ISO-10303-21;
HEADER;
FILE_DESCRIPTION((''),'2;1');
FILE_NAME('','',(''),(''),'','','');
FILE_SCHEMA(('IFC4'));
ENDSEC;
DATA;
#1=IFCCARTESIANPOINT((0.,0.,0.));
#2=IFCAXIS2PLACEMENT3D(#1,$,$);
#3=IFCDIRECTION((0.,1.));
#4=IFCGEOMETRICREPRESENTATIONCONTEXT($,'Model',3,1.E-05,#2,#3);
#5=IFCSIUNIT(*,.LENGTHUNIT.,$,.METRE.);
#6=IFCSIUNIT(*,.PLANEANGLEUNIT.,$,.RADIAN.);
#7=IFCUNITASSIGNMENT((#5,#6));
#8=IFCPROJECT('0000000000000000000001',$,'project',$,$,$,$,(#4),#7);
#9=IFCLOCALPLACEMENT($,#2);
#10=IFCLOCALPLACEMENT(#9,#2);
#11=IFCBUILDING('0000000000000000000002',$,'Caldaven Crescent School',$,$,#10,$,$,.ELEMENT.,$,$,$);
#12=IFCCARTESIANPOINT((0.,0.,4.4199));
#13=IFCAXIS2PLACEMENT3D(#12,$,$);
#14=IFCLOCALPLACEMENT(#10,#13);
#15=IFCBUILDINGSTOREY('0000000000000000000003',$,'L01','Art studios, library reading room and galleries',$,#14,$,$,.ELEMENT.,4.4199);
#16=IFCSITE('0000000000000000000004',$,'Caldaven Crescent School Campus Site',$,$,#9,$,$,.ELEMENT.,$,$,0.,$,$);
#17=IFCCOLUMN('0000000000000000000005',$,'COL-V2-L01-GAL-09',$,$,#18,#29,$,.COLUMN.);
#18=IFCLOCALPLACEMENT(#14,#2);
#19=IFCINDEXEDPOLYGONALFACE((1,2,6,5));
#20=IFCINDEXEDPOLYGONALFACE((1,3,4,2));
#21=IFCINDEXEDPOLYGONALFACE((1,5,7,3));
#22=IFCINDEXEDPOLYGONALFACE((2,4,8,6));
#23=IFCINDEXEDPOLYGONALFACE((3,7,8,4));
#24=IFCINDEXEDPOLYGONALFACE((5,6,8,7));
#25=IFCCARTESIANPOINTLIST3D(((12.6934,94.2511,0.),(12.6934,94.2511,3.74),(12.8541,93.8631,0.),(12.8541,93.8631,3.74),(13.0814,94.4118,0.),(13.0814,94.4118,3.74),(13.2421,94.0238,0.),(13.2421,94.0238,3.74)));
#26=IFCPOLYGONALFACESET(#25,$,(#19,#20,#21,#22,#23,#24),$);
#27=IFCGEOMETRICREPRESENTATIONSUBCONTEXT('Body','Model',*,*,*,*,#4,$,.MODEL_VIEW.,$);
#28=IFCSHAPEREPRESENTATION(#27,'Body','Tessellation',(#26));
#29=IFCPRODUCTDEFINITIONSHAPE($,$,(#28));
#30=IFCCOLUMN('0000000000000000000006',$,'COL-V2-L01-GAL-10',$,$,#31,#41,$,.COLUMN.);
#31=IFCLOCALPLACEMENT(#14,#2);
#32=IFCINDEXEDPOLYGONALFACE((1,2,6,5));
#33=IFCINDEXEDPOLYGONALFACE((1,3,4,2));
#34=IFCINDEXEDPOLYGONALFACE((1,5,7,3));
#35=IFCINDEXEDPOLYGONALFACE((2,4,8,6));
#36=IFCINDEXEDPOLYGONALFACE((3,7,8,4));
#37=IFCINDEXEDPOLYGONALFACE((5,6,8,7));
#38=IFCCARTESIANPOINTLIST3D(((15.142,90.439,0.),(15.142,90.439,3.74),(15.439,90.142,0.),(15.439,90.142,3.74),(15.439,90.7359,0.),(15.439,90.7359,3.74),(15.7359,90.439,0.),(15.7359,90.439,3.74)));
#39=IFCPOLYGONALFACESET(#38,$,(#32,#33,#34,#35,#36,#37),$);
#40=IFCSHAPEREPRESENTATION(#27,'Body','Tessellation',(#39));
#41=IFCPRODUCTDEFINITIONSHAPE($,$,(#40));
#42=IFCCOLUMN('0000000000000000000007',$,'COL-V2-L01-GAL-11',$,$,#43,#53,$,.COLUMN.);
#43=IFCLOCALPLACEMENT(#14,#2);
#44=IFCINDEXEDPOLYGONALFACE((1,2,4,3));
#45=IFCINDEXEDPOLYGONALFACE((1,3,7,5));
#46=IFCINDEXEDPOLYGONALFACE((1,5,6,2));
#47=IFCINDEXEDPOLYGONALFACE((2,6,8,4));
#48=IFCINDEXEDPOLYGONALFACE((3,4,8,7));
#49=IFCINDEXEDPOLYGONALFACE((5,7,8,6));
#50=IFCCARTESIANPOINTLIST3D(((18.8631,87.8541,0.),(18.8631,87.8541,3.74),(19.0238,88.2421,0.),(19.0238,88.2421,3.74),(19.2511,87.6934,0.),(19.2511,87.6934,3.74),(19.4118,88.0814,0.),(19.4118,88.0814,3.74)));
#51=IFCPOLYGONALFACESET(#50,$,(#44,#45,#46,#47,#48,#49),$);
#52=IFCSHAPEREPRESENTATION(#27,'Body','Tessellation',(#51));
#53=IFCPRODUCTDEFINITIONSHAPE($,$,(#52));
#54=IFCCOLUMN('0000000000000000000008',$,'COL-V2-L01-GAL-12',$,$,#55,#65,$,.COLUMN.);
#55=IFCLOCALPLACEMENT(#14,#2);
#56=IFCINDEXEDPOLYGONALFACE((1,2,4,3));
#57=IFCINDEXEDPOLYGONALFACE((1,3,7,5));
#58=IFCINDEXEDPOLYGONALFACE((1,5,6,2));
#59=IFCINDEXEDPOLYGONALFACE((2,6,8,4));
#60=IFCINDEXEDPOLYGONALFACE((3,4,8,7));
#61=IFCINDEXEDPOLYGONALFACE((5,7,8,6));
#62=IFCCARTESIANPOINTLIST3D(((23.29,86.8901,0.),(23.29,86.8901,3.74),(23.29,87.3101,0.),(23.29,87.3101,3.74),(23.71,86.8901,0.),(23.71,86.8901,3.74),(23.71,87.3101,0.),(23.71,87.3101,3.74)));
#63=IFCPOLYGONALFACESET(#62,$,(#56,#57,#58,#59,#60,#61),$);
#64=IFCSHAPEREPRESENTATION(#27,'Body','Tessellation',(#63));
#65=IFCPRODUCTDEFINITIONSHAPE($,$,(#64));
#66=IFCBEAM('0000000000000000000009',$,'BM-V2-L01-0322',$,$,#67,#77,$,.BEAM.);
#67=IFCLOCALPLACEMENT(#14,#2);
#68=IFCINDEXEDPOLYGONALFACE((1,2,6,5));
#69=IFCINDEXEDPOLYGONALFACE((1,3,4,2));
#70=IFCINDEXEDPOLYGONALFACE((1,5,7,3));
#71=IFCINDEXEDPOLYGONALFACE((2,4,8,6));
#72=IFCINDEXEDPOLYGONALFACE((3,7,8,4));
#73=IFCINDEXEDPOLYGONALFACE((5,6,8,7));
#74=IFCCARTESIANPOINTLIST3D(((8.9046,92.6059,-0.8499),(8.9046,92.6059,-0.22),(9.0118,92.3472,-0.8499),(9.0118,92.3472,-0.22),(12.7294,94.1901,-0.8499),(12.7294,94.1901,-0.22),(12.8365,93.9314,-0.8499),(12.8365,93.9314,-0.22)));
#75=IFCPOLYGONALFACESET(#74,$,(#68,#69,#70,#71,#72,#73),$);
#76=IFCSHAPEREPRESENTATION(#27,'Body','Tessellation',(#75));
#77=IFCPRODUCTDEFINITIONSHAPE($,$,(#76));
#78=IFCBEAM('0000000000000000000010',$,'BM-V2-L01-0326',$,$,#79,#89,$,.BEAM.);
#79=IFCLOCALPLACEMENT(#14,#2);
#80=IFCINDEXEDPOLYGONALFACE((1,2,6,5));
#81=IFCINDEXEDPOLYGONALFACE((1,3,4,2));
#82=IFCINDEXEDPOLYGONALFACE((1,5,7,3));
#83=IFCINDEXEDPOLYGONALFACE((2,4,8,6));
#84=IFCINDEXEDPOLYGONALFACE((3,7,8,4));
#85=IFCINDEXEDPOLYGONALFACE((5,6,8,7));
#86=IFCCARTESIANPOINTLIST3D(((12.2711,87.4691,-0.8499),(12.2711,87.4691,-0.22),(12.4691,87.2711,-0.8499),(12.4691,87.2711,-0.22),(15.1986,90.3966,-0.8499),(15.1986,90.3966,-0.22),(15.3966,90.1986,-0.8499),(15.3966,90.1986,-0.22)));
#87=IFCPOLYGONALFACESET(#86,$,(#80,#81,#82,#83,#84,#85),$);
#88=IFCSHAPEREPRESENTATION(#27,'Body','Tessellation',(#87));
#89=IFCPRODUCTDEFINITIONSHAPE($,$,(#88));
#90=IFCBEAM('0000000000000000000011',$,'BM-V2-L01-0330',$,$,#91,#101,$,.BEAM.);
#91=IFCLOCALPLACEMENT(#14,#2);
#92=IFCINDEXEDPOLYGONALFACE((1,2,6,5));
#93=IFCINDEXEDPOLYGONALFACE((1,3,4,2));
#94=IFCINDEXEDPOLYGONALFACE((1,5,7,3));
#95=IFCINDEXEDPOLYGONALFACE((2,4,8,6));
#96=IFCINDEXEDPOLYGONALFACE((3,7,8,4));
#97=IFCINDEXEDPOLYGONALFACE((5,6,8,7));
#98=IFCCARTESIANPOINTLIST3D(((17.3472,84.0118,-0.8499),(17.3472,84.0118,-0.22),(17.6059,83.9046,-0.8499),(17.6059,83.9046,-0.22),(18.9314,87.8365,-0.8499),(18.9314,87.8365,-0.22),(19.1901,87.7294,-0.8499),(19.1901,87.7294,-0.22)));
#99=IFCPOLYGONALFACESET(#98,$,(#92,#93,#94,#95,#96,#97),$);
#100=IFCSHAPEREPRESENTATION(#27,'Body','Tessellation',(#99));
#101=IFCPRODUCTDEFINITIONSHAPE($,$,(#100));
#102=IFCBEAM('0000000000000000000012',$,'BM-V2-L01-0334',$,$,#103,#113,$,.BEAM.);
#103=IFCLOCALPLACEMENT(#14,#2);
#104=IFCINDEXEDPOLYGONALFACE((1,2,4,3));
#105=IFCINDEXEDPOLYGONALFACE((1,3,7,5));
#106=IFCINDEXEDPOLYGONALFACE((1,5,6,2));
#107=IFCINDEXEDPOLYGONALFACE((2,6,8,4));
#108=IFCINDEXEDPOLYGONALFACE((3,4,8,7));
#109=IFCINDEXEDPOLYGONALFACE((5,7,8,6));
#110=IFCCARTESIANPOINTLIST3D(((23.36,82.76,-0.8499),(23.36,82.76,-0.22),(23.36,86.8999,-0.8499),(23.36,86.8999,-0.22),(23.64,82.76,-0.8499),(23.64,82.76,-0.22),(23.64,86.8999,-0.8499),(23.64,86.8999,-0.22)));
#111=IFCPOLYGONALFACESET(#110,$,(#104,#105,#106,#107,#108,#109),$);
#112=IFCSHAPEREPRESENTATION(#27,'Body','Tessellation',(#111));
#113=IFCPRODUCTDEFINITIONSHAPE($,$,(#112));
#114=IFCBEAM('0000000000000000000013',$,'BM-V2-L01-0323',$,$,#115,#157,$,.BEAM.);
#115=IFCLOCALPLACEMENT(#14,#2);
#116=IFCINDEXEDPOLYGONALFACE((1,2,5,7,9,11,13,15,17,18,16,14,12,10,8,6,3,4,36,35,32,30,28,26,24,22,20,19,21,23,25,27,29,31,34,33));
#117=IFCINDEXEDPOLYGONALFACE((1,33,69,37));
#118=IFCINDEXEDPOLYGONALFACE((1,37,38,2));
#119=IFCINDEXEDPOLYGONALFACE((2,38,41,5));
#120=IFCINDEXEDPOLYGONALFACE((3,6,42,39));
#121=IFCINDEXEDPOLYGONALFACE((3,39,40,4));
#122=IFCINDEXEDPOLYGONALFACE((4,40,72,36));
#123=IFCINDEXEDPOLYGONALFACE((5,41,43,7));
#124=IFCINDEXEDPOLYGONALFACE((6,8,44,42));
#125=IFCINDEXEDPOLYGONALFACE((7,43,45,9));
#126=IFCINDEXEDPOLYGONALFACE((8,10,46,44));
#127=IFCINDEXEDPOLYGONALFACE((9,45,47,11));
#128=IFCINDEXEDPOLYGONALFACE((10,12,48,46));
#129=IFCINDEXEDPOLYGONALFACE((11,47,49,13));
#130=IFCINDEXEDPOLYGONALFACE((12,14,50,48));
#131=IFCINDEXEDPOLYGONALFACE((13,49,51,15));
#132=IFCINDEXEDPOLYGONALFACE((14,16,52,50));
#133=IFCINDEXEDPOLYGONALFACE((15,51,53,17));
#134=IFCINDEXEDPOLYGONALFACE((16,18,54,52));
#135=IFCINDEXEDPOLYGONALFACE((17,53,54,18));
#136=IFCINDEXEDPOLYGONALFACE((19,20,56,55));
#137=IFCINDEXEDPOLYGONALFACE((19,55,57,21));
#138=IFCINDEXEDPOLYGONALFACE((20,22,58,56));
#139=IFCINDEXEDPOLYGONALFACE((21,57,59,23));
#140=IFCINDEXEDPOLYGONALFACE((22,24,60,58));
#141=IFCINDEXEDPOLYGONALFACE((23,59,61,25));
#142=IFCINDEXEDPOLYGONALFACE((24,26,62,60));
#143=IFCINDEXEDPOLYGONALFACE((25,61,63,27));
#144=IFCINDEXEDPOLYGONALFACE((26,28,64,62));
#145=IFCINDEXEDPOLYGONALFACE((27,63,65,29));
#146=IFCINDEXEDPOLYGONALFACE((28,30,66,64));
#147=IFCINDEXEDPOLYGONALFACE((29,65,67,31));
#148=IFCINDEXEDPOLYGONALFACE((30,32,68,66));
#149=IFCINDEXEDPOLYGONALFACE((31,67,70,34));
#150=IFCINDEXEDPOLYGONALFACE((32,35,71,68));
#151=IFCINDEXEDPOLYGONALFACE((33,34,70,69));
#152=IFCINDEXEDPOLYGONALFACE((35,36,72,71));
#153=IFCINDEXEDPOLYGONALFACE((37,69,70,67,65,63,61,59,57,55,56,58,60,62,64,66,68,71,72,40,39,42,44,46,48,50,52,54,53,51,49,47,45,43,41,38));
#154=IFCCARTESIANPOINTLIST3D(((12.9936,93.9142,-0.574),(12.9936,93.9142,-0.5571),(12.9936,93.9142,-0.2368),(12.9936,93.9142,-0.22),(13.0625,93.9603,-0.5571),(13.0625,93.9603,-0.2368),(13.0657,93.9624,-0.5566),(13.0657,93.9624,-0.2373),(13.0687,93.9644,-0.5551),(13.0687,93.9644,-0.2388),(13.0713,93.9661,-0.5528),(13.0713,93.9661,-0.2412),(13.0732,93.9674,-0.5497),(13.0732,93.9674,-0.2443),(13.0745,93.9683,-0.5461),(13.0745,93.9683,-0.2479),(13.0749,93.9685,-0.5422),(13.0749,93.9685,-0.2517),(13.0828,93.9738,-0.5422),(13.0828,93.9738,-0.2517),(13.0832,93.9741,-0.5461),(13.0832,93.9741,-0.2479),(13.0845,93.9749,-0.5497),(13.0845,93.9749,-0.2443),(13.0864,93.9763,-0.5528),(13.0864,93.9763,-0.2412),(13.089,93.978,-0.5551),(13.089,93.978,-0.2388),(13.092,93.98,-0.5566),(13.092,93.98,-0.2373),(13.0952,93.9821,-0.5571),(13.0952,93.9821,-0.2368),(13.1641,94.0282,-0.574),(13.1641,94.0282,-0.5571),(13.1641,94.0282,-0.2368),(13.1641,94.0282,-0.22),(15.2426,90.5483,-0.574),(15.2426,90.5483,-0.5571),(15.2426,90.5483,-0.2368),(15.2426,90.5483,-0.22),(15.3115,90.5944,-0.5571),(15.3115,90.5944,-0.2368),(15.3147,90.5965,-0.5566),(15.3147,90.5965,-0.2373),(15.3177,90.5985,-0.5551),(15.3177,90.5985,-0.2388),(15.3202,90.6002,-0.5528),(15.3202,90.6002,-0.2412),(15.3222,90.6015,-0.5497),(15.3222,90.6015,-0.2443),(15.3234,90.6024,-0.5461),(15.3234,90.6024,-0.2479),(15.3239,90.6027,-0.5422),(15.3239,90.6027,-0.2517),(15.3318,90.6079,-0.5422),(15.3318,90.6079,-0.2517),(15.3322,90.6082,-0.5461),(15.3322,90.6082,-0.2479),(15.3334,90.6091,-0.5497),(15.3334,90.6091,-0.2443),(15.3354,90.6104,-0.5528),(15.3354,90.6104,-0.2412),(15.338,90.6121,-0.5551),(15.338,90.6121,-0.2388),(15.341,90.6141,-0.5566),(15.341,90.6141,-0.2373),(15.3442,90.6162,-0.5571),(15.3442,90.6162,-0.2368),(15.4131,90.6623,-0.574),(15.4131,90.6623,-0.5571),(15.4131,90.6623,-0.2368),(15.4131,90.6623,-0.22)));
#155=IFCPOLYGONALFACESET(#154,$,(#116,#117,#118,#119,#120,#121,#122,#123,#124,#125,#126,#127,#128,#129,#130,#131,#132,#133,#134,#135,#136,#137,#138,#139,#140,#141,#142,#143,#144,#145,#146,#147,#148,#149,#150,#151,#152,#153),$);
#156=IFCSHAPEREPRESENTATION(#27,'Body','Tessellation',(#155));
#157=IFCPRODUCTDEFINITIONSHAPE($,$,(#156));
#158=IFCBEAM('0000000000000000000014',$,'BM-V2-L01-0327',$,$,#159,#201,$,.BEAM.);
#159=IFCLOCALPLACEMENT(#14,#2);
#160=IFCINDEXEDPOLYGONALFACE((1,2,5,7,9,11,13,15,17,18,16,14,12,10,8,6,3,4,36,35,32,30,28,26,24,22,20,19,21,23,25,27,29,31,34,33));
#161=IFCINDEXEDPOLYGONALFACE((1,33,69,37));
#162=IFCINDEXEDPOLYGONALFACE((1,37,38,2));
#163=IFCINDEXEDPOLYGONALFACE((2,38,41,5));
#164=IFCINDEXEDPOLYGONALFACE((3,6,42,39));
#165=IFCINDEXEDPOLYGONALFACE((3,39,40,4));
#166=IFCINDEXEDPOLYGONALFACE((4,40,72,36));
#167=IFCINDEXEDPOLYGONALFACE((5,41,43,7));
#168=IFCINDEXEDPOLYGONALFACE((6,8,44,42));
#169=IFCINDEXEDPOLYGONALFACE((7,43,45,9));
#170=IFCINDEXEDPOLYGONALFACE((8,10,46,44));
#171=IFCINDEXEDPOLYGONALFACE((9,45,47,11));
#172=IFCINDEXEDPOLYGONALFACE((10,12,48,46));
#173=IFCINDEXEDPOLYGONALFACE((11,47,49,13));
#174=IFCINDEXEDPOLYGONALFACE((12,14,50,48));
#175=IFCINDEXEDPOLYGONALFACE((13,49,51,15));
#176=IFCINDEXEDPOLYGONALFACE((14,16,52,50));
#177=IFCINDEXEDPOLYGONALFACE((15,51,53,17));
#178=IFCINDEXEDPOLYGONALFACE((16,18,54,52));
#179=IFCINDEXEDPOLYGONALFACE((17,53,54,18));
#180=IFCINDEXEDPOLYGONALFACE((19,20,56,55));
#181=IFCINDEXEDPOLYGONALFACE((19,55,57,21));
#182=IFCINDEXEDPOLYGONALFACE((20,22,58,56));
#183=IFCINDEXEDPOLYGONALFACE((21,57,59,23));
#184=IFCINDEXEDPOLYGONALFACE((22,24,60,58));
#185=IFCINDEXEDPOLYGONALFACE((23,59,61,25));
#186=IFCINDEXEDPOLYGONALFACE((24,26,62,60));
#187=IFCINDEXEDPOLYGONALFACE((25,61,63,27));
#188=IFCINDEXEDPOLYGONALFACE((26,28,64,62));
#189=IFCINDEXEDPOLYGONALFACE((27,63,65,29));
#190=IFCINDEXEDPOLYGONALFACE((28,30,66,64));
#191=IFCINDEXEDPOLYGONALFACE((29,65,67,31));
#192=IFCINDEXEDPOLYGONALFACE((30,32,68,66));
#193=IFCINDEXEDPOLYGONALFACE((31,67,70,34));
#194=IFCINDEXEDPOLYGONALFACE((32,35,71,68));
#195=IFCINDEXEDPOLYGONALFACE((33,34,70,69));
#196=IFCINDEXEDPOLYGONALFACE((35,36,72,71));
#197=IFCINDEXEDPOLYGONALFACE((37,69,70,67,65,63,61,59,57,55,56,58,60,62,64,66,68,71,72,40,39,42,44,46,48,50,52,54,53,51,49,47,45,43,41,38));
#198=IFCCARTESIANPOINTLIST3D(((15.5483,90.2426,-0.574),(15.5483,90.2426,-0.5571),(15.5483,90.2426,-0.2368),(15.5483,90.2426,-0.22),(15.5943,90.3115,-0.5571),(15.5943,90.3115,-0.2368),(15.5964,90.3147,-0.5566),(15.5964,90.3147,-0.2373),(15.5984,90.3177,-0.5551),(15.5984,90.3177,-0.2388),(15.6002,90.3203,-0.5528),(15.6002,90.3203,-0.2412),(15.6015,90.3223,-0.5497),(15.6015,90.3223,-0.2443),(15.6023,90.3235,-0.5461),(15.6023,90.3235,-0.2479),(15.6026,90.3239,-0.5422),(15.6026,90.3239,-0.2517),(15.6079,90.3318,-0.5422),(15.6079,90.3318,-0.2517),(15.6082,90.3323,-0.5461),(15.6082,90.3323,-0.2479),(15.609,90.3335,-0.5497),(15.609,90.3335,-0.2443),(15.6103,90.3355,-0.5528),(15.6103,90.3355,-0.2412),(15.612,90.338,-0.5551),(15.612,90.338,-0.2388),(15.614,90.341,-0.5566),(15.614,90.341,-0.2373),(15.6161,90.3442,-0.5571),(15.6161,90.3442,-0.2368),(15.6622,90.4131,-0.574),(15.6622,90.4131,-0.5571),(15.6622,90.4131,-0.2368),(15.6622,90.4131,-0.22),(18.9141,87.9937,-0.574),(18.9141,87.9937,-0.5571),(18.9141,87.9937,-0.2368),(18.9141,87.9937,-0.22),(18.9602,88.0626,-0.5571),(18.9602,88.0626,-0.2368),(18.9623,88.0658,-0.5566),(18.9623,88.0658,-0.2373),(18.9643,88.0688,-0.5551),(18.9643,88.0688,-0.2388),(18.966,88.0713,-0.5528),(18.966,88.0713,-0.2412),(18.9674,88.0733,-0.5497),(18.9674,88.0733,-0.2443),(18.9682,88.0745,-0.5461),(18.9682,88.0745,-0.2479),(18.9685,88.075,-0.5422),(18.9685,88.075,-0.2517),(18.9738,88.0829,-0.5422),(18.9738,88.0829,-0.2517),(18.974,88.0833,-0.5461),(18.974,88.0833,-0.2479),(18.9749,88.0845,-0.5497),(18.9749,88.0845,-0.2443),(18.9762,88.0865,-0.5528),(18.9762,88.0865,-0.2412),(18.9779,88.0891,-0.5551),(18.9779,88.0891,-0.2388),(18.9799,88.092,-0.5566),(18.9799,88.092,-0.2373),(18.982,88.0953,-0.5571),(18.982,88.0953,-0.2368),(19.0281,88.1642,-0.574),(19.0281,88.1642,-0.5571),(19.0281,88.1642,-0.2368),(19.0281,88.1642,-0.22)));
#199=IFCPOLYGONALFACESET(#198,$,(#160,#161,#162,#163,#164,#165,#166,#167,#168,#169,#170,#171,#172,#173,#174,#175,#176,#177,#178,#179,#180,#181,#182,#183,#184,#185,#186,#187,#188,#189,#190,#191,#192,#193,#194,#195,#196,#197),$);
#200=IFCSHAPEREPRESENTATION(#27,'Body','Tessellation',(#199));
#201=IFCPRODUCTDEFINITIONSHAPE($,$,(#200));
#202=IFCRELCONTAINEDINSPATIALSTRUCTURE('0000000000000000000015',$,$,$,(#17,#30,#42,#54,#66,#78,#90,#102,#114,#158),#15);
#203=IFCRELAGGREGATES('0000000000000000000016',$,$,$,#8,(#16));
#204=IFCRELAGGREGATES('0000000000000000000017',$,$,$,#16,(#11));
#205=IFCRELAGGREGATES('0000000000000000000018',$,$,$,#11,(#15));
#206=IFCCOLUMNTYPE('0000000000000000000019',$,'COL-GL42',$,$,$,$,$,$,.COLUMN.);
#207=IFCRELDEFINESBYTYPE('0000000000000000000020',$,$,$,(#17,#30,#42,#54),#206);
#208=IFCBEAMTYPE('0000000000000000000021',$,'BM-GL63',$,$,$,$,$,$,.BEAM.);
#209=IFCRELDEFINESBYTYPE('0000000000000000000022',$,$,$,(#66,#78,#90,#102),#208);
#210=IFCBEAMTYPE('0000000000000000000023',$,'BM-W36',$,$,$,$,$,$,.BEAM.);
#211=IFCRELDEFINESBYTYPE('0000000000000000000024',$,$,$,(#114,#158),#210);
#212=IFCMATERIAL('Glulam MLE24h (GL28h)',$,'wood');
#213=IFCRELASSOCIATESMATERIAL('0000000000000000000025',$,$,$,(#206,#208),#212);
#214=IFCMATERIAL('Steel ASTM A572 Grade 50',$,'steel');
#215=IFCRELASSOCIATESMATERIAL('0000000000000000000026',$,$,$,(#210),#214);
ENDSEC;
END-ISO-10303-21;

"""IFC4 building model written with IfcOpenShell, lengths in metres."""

from ifc_helpers import new_model, si_unit, direction, frame, origin, origin_2d, place, context, subcontext, project, spatial, rectangle, i_section, extrude, material, material_profile, profile_set, type_object, element, save


model = new_model("IFC4")

# Units and contexts
model_context = context("Model", 3, precision=1e-05, world=origin(), true_north=direction((0.0, 1.0)))
body_context = subcontext(model_context, "Body", "Model", "MODEL_VIEW")
ifc_project = project(units=[si_unit("LENGTHUNIT", "METRE"), si_unit("PLANEANGLEUNIT", "RADIAN")], contexts=[model_context])

# Site, building, storey
site_placement = place(None, origin())
site = spatial("IfcSite", under=ifc_project, at=site_placement, Name="Caldaven Crescent School Campus Site", CompositionType="ELEMENT", RefElevation=0.0)
building_placement = place(site_placement, origin())
building = spatial("IfcBuilding", under=site, at=building_placement, Name="Caldaven Crescent School", CompositionType="ELEMENT")
storey_placement = place(building_placement, frame((0.0, 0.0, 4.4199)))
storey = spatial("IfcBuildingStorey", under=building, at=storey_placement, Name="L01", Description="Art studios, library reading room and galleries", CompositionType="ELEMENT", Elevation=4.4199)

# Columns
ifc_material_1 = material(Name="Glulam MLE24h (GL28h)", Category="wood")
ifc_material_profile_1 = material_profile(ifc_material_1, rectangle(XDim=0.4199, YDim=0.4199, at=origin_2d()), Name="MLE 420x420")
ifc_profile_set_1 = profile_set([ifc_material_profile_1], Name="Glulam MLE24h (GL28h)")
column_type = type_object("IfcColumnType", Name="COL-GL42", PredefinedType="COLUMN", material=ifc_profile_set_1)
for number, where, z_axis, x_axis, name in (
    (1, (12.9678, 94.1375, 0.0), (0.0, 0.0, 1.0), (-0.92388, -0.382683, 0.0), "COL-V2-L01-GAL-09"),
    (2, (15.439, 90.439, 0.0), (0.0, 0.0, 1.0), (-0.707107, -0.707107, 0.0), "COL-V2-L01-GAL-10"),
    (3, (19.1375, 87.9678, 0.0), (0.0, 0.0, 1.0), (-0.382683, -0.92388, 0.0), "COL-V2-L01-GAL-11"),
    (4, (23.5, 87.1001, 0.0), (0.0, 0.0, 1.0), (0.0, -1.0, 0.0), "COL-V2-L01-GAL-12"),
):
    element("IfcColumn", number, at=place(storey_placement, frame(where, z_axis=z_axis, x_axis=x_axis)), inside=storey, type_object=column_type, Name=name, PredefinedType="COLUMN", context=body_context, shape_type="SweptSolid", body=[
        extrude(rectangle(XDim=0.4199, YDim=0.4199, at=origin_2d()), origin(), (0.0, 0.0, 1.0), 3.74),
    ])

# Beams
ifc_material_profile_2 = material_profile(ifc_material_1, rectangle(XDim=0.28, YDim=0.6299, at=origin_2d()), Name="MLE 280x630")
ifc_profile_set_2 = profile_set([ifc_material_profile_2], Name="Glulam MLE24h (GL28h)")
beam_type_1 = type_object("IfcBeamType", Name="BM-GL63", PredefinedType="BEAM", material=ifc_profile_set_2)
beam_1_placement = place(storey_placement, frame((12.783, 94.0608, -0.5349), z_axis=(-0.923881, -0.38268, 0.0), x_axis=(0.38268, -0.923881, 0.0)))
element("IfcBeam", 5, at=beam_1_placement, inside=storey, type_object=beam_type_1, Name="BM-V2-L01-0322", PredefinedType="BEAM", context=body_context, shape_type="SweptSolid", body=[
    extrude(rectangle(XDim=0.28, YDim=0.6299, at=origin_2d()), origin(), (0.0, 0.0, 1.0), 4.1399),
])
beam_2_placement = place(storey_placement, frame((15.2976, 90.2976, -0.5349), z_axis=(-0.707107, -0.707107, 0.0), x_axis=(0.707107, -0.707107, 0.0)))
element("IfcBeam", 6, at=beam_2_placement, inside=storey, type_object=beam_type_1, Name="BM-V2-L01-0326", PredefinedType="BEAM", context=body_context, shape_type="SweptSolid", body=[
    extrude(rectangle(XDim=0.28, YDim=0.6299, at=origin_2d()), origin(), (0.0, 0.0, 1.0), 4.1401),
])
for number, where, z_axis, x_axis, name in (
    (7, (19.0608, 87.783, -0.5349), (-0.38268, -0.923881, 0.0), (0.923881, -0.38268, 0.0), "BM-V2-L01-0330"),
    (8, (23.5, 86.8999, -0.5349), (0.0, -1.0, 0.0), (1.0, 0.0, 0.0), "BM-V2-L01-0334"),
):
    element("IfcBeam", number, at=place(storey_placement, frame(where, z_axis=z_axis, x_axis=x_axis)), inside=storey, type_object=beam_type_1, Name=name, PredefinedType="BEAM", context=body_context, shape_type="SweptSolid", body=[
        extrude(rectangle(XDim=0.28, YDim=0.6299, at=origin_2d()), origin(), (0.0, 0.0, 1.0), 4.1399),
    ])
ifc_material_2 = material(Name="Steel ASTM A572 Grade 50", Category="steel")
ifc_material_profile_3 = material_profile(ifc_material_2, i_section(OverallWidth=0.2051, OverallDepth=0.354, WebThickness=0.0095, FlangeThickness=0.0168, FilletRadius=0.0149, at=origin_2d()), Name="W360x79")
ifc_profile_set_3 = profile_set([ifc_material_profile_3], Name="Steel ASTM A572 Grade 50")
beam_type_2 = type_object("IfcBeamType", Name="BM-W36", PredefinedType="BEAM", material=ifc_profile_set_3)
for number, where, z_axis, x_axis, name in (
    (9, (13.0789, 93.9712, -0.397), (0.555563, -0.831475, 0.0), (0.831475, 0.555563, 0.0), "BM-V2-L01-0323"),
    (10, (15.6052, 90.3279, -0.397), (0.831475, -0.555563, 0.0), (0.555563, 0.831475, 0.0), "BM-V2-L01-0327"),
):
    element("IfcBeam", number, at=place(storey_placement, frame(where, z_axis=z_axis, x_axis=x_axis)), inside=storey, type_object=beam_type_2, Name=name, PredefinedType="BEAM", context=body_context, shape_type="SweptSolid", body=[
        extrude(i_section(OverallWidth=0.2051, OverallDepth=0.354, WebThickness=0.0095, FlangeThickness=0.0168, FilletRadius=0.0149, at=origin_2d()), origin(), (0.0, 0.0, 1.0), 4.0481),
    ])

save(model, "model.ifc")
